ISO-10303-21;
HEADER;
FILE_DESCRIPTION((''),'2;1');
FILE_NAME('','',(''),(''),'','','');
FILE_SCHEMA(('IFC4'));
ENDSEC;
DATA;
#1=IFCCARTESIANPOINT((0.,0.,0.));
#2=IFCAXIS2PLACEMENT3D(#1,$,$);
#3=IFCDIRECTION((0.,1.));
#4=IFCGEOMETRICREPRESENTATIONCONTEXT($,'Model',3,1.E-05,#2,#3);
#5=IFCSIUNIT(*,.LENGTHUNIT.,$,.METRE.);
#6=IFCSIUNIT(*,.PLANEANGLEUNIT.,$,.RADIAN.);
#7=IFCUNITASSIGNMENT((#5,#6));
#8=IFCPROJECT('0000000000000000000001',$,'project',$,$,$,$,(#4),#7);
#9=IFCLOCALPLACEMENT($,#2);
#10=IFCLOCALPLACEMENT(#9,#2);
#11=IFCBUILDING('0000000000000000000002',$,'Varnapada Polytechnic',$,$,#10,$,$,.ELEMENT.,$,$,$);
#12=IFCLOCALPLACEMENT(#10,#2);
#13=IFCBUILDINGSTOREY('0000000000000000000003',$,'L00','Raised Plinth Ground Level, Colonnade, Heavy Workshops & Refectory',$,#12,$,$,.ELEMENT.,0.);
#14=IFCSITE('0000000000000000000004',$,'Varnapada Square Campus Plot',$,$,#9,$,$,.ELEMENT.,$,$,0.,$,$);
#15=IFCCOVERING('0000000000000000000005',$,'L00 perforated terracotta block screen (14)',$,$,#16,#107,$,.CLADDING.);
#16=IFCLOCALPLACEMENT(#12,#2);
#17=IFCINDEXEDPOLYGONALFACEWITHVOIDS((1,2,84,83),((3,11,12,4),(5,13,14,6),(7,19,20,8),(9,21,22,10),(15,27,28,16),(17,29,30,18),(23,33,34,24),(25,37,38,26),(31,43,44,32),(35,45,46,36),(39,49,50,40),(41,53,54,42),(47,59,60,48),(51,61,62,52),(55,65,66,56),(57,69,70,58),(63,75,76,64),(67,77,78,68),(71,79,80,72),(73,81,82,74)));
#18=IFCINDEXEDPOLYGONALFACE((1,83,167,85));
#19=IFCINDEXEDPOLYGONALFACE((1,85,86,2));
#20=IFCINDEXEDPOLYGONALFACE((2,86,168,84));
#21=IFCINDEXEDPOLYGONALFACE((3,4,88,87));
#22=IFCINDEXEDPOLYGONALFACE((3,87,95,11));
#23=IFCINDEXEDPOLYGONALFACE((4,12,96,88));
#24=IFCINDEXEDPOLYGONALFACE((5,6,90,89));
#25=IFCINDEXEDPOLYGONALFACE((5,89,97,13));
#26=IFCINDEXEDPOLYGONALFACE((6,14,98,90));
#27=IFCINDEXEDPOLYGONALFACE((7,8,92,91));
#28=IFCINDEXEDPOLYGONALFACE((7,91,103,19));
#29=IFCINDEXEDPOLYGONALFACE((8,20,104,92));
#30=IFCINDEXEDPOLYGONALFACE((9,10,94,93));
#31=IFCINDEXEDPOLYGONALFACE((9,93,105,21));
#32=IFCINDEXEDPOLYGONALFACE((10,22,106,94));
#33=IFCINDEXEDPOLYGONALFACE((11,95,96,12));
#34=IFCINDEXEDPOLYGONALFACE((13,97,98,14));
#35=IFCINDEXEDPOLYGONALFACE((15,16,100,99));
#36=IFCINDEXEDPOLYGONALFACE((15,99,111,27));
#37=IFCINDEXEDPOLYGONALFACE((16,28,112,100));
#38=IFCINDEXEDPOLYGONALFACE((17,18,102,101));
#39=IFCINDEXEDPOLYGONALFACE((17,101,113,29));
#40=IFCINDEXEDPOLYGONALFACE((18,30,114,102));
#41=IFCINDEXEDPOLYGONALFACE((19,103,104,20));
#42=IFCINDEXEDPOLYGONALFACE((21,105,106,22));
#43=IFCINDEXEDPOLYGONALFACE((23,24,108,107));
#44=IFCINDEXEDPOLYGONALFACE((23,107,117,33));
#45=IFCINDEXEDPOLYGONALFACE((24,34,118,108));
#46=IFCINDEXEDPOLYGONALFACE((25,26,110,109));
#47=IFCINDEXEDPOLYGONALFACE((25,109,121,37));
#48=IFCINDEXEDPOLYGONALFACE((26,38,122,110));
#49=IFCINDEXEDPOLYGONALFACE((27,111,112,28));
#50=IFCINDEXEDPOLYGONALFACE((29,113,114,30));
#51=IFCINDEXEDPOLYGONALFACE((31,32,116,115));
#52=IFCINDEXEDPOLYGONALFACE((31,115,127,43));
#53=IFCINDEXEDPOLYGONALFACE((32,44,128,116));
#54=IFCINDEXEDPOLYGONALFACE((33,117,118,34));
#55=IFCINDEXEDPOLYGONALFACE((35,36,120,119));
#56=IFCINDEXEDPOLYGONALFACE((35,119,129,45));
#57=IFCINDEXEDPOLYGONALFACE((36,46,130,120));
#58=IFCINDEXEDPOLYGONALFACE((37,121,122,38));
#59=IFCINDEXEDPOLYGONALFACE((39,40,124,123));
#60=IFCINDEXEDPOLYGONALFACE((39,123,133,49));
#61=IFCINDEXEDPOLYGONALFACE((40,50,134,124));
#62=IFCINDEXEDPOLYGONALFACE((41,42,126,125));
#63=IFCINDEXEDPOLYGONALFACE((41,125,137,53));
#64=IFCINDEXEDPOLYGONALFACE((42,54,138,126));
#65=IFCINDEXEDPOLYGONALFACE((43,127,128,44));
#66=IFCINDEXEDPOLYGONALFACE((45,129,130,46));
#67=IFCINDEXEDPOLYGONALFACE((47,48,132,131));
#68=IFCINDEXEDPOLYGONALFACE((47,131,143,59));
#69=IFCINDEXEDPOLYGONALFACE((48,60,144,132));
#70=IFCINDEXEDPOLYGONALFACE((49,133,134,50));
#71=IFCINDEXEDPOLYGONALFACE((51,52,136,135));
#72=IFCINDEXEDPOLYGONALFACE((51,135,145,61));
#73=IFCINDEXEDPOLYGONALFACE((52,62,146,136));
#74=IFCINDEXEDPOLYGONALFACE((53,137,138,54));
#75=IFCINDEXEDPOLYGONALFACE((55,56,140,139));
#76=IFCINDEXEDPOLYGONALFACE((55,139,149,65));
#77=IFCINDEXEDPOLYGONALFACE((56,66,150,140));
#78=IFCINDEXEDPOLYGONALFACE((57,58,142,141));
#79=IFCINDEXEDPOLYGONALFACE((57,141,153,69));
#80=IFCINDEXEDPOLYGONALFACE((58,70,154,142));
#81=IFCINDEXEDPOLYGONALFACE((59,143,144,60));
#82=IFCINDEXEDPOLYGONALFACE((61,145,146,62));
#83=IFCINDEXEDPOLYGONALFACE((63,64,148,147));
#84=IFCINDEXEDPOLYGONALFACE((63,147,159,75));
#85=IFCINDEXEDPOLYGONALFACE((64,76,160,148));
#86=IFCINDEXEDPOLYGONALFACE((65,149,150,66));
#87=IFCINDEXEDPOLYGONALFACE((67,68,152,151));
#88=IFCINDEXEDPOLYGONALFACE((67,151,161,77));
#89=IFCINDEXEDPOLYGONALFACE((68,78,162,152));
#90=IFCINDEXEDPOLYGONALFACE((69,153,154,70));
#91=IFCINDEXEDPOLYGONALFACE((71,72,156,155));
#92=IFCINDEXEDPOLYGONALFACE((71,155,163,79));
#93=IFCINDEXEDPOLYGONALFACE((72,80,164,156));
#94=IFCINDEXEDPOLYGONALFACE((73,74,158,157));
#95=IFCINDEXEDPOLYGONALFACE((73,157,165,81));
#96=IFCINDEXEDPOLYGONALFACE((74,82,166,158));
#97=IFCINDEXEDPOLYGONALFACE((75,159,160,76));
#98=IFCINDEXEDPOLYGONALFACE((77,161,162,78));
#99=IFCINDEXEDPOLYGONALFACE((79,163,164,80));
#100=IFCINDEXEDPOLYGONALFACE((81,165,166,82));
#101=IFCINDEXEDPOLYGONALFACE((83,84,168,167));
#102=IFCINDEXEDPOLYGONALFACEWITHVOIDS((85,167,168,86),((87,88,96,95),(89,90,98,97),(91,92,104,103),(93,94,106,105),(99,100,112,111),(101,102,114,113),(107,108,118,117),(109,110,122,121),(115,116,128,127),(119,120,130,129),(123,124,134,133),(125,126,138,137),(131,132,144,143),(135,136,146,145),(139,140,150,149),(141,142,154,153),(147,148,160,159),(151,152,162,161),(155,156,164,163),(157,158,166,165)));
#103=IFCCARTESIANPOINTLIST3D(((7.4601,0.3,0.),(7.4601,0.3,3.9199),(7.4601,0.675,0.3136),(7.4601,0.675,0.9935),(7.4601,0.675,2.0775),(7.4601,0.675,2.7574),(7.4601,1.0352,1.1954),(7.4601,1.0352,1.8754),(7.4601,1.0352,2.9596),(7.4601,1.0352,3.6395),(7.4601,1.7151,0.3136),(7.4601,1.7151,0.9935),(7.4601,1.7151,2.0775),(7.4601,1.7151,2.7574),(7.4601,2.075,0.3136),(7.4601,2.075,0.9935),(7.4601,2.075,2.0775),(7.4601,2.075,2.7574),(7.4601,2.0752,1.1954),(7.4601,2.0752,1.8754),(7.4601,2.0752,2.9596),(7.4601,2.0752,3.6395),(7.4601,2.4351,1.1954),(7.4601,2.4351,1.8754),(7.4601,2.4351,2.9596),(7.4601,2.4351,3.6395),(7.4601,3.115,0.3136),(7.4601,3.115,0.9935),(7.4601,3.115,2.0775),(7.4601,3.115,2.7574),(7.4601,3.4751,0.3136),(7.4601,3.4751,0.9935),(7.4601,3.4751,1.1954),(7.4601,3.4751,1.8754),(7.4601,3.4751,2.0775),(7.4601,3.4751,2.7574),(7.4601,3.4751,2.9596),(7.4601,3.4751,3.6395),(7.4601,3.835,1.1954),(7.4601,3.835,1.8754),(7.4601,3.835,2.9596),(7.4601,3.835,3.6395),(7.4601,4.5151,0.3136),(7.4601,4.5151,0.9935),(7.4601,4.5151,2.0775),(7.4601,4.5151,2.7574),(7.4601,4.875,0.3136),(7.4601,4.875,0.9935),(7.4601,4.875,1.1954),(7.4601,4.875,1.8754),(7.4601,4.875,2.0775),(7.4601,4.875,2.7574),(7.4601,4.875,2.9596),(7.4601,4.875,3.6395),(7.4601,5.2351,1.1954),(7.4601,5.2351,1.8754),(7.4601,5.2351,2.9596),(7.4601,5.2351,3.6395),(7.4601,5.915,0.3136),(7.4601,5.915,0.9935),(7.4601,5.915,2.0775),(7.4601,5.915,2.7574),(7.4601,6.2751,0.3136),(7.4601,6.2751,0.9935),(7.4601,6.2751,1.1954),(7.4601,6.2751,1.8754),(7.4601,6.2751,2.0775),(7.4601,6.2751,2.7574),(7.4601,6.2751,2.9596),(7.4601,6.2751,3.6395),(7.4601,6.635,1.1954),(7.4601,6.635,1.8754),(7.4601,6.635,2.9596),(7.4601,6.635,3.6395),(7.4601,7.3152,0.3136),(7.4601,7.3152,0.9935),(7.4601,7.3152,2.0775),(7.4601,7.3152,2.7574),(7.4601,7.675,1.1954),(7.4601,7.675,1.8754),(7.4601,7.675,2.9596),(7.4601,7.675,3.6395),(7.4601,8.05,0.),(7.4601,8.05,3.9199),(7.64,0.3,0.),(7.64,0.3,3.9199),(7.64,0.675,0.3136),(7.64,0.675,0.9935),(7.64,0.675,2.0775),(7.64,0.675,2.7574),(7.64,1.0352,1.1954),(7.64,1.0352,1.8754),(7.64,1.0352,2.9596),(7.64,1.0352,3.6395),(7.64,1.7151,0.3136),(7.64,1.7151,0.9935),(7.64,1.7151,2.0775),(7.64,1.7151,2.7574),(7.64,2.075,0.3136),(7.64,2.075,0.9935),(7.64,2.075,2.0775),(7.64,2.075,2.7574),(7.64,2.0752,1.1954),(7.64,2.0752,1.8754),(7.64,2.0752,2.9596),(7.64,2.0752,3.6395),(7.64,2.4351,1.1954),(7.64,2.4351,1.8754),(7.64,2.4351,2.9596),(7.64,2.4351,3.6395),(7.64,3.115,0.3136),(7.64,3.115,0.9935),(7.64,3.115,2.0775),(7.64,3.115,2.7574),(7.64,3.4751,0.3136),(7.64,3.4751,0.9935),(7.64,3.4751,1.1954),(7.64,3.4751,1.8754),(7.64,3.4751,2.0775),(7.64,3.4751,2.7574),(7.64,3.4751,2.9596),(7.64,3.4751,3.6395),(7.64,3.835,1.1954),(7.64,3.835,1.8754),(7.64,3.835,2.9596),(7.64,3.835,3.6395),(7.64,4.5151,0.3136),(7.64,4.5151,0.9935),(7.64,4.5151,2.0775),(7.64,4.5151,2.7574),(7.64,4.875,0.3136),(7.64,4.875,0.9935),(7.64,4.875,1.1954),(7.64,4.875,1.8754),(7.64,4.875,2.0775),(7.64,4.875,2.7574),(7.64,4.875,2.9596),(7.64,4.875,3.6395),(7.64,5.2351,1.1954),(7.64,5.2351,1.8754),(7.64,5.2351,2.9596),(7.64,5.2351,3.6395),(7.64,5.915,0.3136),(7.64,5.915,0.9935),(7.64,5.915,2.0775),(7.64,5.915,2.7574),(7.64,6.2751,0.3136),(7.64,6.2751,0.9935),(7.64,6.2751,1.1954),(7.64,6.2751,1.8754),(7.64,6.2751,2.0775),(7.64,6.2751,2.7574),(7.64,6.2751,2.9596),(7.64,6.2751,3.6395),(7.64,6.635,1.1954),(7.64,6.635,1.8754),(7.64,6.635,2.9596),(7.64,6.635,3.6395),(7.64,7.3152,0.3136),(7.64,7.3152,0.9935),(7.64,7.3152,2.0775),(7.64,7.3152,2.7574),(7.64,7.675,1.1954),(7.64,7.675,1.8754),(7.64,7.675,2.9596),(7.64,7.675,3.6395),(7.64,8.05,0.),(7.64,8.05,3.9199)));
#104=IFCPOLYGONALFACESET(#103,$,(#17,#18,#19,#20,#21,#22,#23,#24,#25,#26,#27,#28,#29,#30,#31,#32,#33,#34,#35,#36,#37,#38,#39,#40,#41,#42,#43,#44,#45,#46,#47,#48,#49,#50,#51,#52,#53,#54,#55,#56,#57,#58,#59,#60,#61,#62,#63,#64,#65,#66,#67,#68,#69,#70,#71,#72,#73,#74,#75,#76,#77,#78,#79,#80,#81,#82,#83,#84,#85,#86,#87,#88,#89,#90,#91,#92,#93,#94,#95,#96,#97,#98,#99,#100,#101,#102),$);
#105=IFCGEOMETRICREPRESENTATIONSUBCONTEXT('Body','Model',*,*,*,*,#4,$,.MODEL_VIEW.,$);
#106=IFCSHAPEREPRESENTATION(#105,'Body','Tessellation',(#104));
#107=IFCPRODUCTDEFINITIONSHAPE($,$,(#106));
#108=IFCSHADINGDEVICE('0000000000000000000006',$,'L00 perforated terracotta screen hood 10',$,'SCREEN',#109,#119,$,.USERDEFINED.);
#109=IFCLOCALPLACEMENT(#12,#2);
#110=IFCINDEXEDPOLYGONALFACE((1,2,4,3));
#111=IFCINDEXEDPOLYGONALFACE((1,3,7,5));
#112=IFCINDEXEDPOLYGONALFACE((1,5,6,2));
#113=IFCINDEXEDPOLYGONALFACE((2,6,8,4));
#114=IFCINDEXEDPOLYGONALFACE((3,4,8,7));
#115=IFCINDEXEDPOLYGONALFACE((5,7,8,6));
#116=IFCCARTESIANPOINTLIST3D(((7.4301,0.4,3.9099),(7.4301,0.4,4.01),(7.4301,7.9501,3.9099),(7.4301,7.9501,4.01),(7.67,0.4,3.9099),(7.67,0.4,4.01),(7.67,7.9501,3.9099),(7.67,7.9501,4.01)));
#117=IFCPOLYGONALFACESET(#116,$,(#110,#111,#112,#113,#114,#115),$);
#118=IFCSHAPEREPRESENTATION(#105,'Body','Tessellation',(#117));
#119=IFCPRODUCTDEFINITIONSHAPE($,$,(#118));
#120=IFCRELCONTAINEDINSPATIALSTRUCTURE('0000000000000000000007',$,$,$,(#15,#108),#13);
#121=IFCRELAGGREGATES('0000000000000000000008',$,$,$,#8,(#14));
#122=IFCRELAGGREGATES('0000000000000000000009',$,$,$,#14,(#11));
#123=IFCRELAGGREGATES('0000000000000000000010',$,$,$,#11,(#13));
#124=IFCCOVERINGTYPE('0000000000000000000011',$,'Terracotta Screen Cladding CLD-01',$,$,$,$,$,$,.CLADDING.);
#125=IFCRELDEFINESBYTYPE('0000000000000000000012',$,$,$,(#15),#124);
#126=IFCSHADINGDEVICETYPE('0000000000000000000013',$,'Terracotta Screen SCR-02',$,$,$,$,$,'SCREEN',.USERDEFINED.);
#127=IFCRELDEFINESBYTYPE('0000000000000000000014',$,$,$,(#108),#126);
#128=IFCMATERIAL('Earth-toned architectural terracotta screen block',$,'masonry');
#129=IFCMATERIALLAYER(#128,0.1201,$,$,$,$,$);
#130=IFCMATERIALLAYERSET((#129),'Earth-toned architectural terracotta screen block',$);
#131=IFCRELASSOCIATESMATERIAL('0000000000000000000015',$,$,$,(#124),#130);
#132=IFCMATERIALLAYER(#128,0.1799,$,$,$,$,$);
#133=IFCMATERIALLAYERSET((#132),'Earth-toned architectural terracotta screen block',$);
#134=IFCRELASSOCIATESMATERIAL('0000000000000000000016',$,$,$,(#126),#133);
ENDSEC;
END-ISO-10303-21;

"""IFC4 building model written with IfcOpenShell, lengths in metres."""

from ifc_helpers import new_model, si_unit, direction, frame, frame_2d, origin, origin_2d, place, context, subcontext, project, spatial, rectangle, extrude, material, layer, layer_set, type_object, element, save


model = new_model("IFC4")

# Units and contexts
model_context = context("Model", 3, precision=1e-05, world=origin(), true_north=direction((0.0, 1.0)))
body_context = subcontext(model_context, "Body", "Model", "MODEL_VIEW")
ifc_project = project(units=[si_unit("LENGTHUNIT", "METRE"), si_unit("PLANEANGLEUNIT", "RADIAN")], contexts=[model_context])

# Site, building, storey
site_placement = place(None, origin())
site = spatial("IfcSite", under=ifc_project, at=site_placement, Name="Varnapada Square Campus Plot", CompositionType="ELEMENT", RefElevation=0.0)
building_placement = place(site_placement, origin())
building = spatial("IfcBuilding", under=site, at=building_placement, Name="Varnapada Polytechnic", CompositionType="ELEMENT")
storey_placement = place(building_placement, origin())
storey = spatial("IfcBuildingStorey", under=building, at=storey_placement, Name="L00", Description="Raised Plinth Ground Level, Colonnade, Heavy Workshops & Refectory", CompositionType="ELEMENT", Elevation=0.0)

# Covering, openings
ifc_material_1 = material(Name="Earth-toned architectural terracotta screen block", Category="masonry")
ifc_layer_1 = layer(ifc_material_1, 0.1201)
ifc_layer_set_1 = layer_set([ifc_layer_1], Name="Earth-toned architectural terracotta screen block")
covering_type = type_object("IfcCoveringType", Name="Terracotta Screen Cladding CLD-01", PredefinedType="CLADDING", material=ifc_layer_set_1)
covering_placement = place(storey_placement, frame((7.55, 0.3, 0.0), z_axis=(0.0, 0.0, 1.0), x_axis=(0.0, 1.0, 0.0)))
covering = element("IfcCovering", 1, at=covering_placement, inside=storey, type_object=covering_type, Name="L00 perforated terracotta block screen (14)", PredefinedType="CLADDING", context=body_context, shape_type="SweptSolid", body=[
    extrude(rectangle(XDim=7.75, YDim=0.1799, at=frame_2d((3.875, 0.0))), origin(), (0.0, 0.0, 1.0), 3.9199),
])
opening_1_placement = place(covering_placement, frame((0.375, 0.0, 0.3137)))
element("IfcOpeningElement", 2, at=opening_1_placement, cuts=covering, PredefinedType="OPENING", context=body_context, shape_type="SweptSolid", body=[
    extrude(rectangle(XDim=1.04, YDim=0.6799, at=frame_2d((0.52, 0.3398))), frame((0.0, 0.0999, 0.0), z_axis=(0.0, -1.0, 0.0), x_axis=(1.0, 0.0, 0.0)), (0.0, 0.0, 1.0), 0.2),
])
opening_2_placement = place(covering_placement, frame((1.7749, 0.0, 0.3137)))
element("IfcOpeningElement", 3, at=opening_2_placement, cuts=covering, PredefinedType="OPENING", context=body_context, shape_type="SweptSolid", body=[
    extrude(rectangle(XDim=1.04, YDim=0.6799, at=frame_2d((0.52, 0.3398))), frame((0.0, 0.0999, 0.0), z_axis=(0.0, -1.0, 0.0), x_axis=(1.0, 0.0, 0.0)), (0.0, 0.0, 1.0), 0.2),
])
opening_3_placement = place(covering_placement, frame((3.175, 0.0, 0.3137)))
element("IfcOpeningElement", 4, at=opening_3_placement, cuts=covering, PredefinedType="OPENING", context=body_context, shape_type="SweptSolid", body=[
    extrude(rectangle(XDim=1.04, YDim=0.6799, at=frame_2d((0.52, 0.3398))), frame((0.0, 0.0999, 0.0), z_axis=(0.0, -1.0, 0.0), x_axis=(1.0, 0.0, 0.0)), (0.0, 0.0, 1.0), 0.2),
])
opening_4_placement = place(covering_placement, frame((4.575, 0.0, 0.3137)))
element("IfcOpeningElement", 5, at=opening_4_placement, cuts=covering, PredefinedType="OPENING", context=body_context, shape_type="SweptSolid", body=[
    extrude(rectangle(XDim=1.04, YDim=0.6799, at=frame_2d((0.52, 0.3398))), frame((0.0, 0.0999, 0.0), z_axis=(0.0, -1.0, 0.0), x_axis=(1.0, 0.0, 0.0)), (0.0, 0.0, 1.0), 0.2),
])
opening_5_placement = place(covering_placement, frame((5.9751, 0.0, 0.3137)))
element("IfcOpeningElement", 6, at=opening_5_placement, cuts=covering, PredefinedType="OPENING", context=body_context, shape_type="SweptSolid", body=[
    extrude(rectangle(XDim=1.04, YDim=0.6799, at=frame_2d((0.52, 0.3398))), frame((0.0, 0.0999, 0.0), z_axis=(0.0, -1.0, 0.0), x_axis=(1.0, 0.0, 0.0)), (0.0, 0.0, 1.0), 0.2),
])
opening_6_placement = place(covering_placement, frame((0.7351, 0.0, 1.1956)))
element("IfcOpeningElement", 7, at=opening_6_placement, cuts=covering, PredefinedType="OPENING", context=body_context, shape_type="SweptSolid", body=[
    extrude(rectangle(XDim=1.04, YDim=0.6799, at=frame_2d((0.52, 0.3398))), frame((0.0, 0.0999, 0.0), z_axis=(0.0, -1.0, 0.0), x_axis=(1.0, 0.0, 0.0)), (0.0, 0.0, 1.0), 0.2),
])
opening_7_placement = place(covering_placement, frame((2.135, 0.0, 1.1956)))
element("IfcOpeningElement", 8, at=opening_7_placement, cuts=covering, PredefinedType="OPENING", context=body_context, shape_type="SweptSolid", body=[
    extrude(rectangle(XDim=1.04, YDim=0.6799, at=frame_2d((0.52, 0.3398))), frame((0.0, 0.0999, 0.0), z_axis=(0.0, -1.0, 0.0), x_axis=(1.0, 0.0, 0.0)), (0.0, 0.0, 1.0), 0.2),
])
opening_8_placement = place(covering_placement, frame((3.5349, 0.0, 1.1956)))
element("IfcOpeningElement", 9, at=opening_8_placement, cuts=covering, PredefinedType="OPENING", context=body_context, shape_type="SweptSolid", body=[
    extrude(rectangle(XDim=1.04, YDim=0.6799, at=frame_2d((0.52, 0.3398))), frame((0.0, 0.0999, 0.0), z_axis=(0.0, -1.0, 0.0), x_axis=(1.0, 0.0, 0.0)), (0.0, 0.0, 1.0), 0.2),
])
opening_9_placement = place(covering_placement, frame((4.9351, 0.0, 1.1956)))
element("IfcOpeningElement", 10, at=opening_9_placement, cuts=covering, PredefinedType="OPENING", context=body_context, shape_type="SweptSolid", body=[
    extrude(rectangle(XDim=1.04, YDim=0.6799, at=frame_2d((0.52, 0.3398))), frame((0.0, 0.0999, 0.0), z_axis=(0.0, -1.0, 0.0), x_axis=(1.0, 0.0, 0.0)), (0.0, 0.0, 1.0), 0.2),
])
opening_10_placement = place(covering_placement, frame((6.335, 0.0, 1.1956)))
element("IfcOpeningElement", 11, at=opening_10_placement, cuts=covering, PredefinedType="OPENING", context=body_context, shape_type="SweptSolid", body=[
    extrude(rectangle(XDim=1.04, YDim=0.6799, at=frame_2d((0.52, 0.3398))), frame((0.0, 0.0999, 0.0), z_axis=(0.0, -1.0, 0.0), x_axis=(1.0, 0.0, 0.0)), (0.0, 0.0, 1.0), 0.2),
])
opening_11_placement = place(covering_placement, frame((0.375, 0.0, 2.0776)))
element("IfcOpeningElement", 12, at=opening_11_placement, cuts=covering, PredefinedType="OPENING", context=body_context, shape_type="SweptSolid", body=[
    extrude(rectangle(XDim=1.04, YDim=0.6799, at=frame_2d((0.52, 0.3398))), frame((0.0, 0.0999, 0.0), z_axis=(0.0, -1.0, 0.0), x_axis=(1.0, 0.0, 0.0)), (0.0, 0.0, 1.0), 0.2),
])
opening_12_placement = place(covering_placement, frame((1.7749, 0.0, 2.0776)))
element("IfcOpeningElement", 13, at=opening_12_placement, cuts=covering, PredefinedType="OPENING", context=body_context, shape_type="SweptSolid", body=[
    extrude(rectangle(XDim=1.04, YDim=0.6799, at=frame_2d((0.52, 0.3398))), frame((0.0, 0.0999, 0.0), z_axis=(0.0, -1.0, 0.0), x_axis=(1.0, 0.0, 0.0)), (0.0, 0.0, 1.0), 0.2),
])
opening_13_placement = place(covering_placement, frame((3.175, 0.0, 2.0776)))
element("IfcOpeningElement", 14, at=opening_13_placement, cuts=covering, PredefinedType="OPENING", context=body_context, shape_type="SweptSolid", body=[
    extrude(rectangle(XDim=1.04, YDim=0.6799, at=frame_2d((0.52, 0.3398))), frame((0.0, 0.0999, 0.0), z_axis=(0.0, -1.0, 0.0), x_axis=(1.0, 0.0, 0.0)), (0.0, 0.0, 1.0), 0.2),
])
opening_14_placement = place(covering_placement, frame((4.575, 0.0, 2.0776)))
element("IfcOpeningElement", 15, at=opening_14_placement, cuts=covering, PredefinedType="OPENING", context=body_context, shape_type="SweptSolid", body=[
    extrude(rectangle(XDim=1.04, YDim=0.6799, at=frame_2d((0.52, 0.3398))), frame((0.0, 0.0999, 0.0), z_axis=(0.0, -1.0, 0.0), x_axis=(1.0, 0.0, 0.0)), (0.0, 0.0, 1.0), 0.2),
])
opening_15_placement = place(covering_placement, frame((5.9751, 0.0, 2.0776)))
element("IfcOpeningElement", 16, at=opening_15_placement, cuts=covering, PredefinedType="OPENING", context=body_context, shape_type="SweptSolid", body=[
    extrude(rectangle(XDim=1.04, YDim=0.6799, at=frame_2d((0.52, 0.3398))), frame((0.0, 0.0999, 0.0), z_axis=(0.0, -1.0, 0.0), x_axis=(1.0, 0.0, 0.0)), (0.0, 0.0, 1.0), 0.2),
])
opening_16_placement = place(covering_placement, frame((0.7351, 0.0, 2.9597)))
element("IfcOpeningElement", 17, at=opening_16_placement, cuts=covering, PredefinedType="OPENING", context=body_context, shape_type="SweptSolid", body=[
    extrude(rectangle(XDim=1.04, YDim=0.6799, at=frame_2d((0.52, 0.3398))), frame((0.0, 0.0999, 0.0), z_axis=(0.0, -1.0, 0.0), x_axis=(1.0, 0.0, 0.0)), (0.0, 0.0, 1.0), 0.2),
])
opening_17_placement = place(covering_placement, frame((2.135, 0.0, 2.9597)))
element("IfcOpeningElement", 18, at=opening_17_placement, cuts=covering, PredefinedType="OPENING", context=body_context, shape_type="SweptSolid", body=[
    extrude(rectangle(XDim=1.04, YDim=0.6799, at=frame_2d((0.52, 0.3398))), frame((0.0, 0.0999, 0.0), z_axis=(0.0, -1.0, 0.0), x_axis=(1.0, 0.0, 0.0)), (0.0, 0.0, 1.0), 0.2),
])
opening_18_placement = place(covering_placement, frame((3.5349, 0.0, 2.9597)))
element("IfcOpeningElement", 19, at=opening_18_placement, cuts=covering, PredefinedType="OPENING", context=body_context, shape_type="SweptSolid", body=[
    extrude(rectangle(XDim=1.04, YDim=0.6799, at=frame_2d((0.52, 0.3398))), frame((0.0, 0.0999, 0.0), z_axis=(0.0, -1.0, 0.0), x_axis=(1.0, 0.0, 0.0)), (0.0, 0.0, 1.0), 0.2),
])
opening_19_placement = place(covering_placement, frame((4.9351, 0.0, 2.9597)))
element("IfcOpeningElement", 20, at=opening_19_placement, cuts=covering, PredefinedType="OPENING", context=body_context, shape_type="SweptSolid", body=[
    extrude(rectangle(XDim=1.04, YDim=0.6799, at=frame_2d((0.52, 0.3398))), frame((0.0, 0.0999, 0.0), z_axis=(0.0, -1.0, 0.0), x_axis=(1.0, 0.0, 0.0)), (0.0, 0.0, 1.0), 0.2),
])
opening_20_placement = place(covering_placement, frame((6.335, 0.0, 2.9597)))
element("IfcOpeningElement", 21, at=opening_20_placement, cuts=covering, PredefinedType="OPENING", context=body_context, shape_type="SweptSolid", body=[
    extrude(rectangle(XDim=1.04, YDim=0.6799, at=frame_2d((0.52, 0.3398))), frame((0.0, 0.0999, 0.0), z_axis=(0.0, -1.0, 0.0), x_axis=(1.0, 0.0, 0.0)), (0.0, 0.0, 1.0), 0.2),
])

# Shading device
ifc_layer_2 = layer(ifc_material_1, 0.1799)
ifc_layer_set_2 = layer_set([ifc_layer_2], Name="Earth-toned architectural terracotta screen block")
shading_device_type = type_object("IfcShadingDeviceType", Name="Terracotta Screen SCR-02", ElementType="SCREEN", PredefinedType="USERDEFINED", material=ifc_layer_set_2)
shading_device_placement = place(storey_placement, frame((7.55, 4.175, 3.9099), z_axis=(0.0, 0.0, 1.0), x_axis=(0.0, 1.0, 0.0)))
element("IfcShadingDevice", 22, at=shading_device_placement, inside=storey, type_object=shading_device_type, Name="L00 perforated terracotta screen hood 10", ObjectType="SCREEN", PredefinedType="USERDEFINED", context=body_context, shape_type="SweptSolid", body=[
    extrude(rectangle(XDim=7.55, YDim=0.24, at=origin_2d()), origin(), (0.0, 0.0, 1.0), 0.1001),
])

save(model, "model.ifc")
